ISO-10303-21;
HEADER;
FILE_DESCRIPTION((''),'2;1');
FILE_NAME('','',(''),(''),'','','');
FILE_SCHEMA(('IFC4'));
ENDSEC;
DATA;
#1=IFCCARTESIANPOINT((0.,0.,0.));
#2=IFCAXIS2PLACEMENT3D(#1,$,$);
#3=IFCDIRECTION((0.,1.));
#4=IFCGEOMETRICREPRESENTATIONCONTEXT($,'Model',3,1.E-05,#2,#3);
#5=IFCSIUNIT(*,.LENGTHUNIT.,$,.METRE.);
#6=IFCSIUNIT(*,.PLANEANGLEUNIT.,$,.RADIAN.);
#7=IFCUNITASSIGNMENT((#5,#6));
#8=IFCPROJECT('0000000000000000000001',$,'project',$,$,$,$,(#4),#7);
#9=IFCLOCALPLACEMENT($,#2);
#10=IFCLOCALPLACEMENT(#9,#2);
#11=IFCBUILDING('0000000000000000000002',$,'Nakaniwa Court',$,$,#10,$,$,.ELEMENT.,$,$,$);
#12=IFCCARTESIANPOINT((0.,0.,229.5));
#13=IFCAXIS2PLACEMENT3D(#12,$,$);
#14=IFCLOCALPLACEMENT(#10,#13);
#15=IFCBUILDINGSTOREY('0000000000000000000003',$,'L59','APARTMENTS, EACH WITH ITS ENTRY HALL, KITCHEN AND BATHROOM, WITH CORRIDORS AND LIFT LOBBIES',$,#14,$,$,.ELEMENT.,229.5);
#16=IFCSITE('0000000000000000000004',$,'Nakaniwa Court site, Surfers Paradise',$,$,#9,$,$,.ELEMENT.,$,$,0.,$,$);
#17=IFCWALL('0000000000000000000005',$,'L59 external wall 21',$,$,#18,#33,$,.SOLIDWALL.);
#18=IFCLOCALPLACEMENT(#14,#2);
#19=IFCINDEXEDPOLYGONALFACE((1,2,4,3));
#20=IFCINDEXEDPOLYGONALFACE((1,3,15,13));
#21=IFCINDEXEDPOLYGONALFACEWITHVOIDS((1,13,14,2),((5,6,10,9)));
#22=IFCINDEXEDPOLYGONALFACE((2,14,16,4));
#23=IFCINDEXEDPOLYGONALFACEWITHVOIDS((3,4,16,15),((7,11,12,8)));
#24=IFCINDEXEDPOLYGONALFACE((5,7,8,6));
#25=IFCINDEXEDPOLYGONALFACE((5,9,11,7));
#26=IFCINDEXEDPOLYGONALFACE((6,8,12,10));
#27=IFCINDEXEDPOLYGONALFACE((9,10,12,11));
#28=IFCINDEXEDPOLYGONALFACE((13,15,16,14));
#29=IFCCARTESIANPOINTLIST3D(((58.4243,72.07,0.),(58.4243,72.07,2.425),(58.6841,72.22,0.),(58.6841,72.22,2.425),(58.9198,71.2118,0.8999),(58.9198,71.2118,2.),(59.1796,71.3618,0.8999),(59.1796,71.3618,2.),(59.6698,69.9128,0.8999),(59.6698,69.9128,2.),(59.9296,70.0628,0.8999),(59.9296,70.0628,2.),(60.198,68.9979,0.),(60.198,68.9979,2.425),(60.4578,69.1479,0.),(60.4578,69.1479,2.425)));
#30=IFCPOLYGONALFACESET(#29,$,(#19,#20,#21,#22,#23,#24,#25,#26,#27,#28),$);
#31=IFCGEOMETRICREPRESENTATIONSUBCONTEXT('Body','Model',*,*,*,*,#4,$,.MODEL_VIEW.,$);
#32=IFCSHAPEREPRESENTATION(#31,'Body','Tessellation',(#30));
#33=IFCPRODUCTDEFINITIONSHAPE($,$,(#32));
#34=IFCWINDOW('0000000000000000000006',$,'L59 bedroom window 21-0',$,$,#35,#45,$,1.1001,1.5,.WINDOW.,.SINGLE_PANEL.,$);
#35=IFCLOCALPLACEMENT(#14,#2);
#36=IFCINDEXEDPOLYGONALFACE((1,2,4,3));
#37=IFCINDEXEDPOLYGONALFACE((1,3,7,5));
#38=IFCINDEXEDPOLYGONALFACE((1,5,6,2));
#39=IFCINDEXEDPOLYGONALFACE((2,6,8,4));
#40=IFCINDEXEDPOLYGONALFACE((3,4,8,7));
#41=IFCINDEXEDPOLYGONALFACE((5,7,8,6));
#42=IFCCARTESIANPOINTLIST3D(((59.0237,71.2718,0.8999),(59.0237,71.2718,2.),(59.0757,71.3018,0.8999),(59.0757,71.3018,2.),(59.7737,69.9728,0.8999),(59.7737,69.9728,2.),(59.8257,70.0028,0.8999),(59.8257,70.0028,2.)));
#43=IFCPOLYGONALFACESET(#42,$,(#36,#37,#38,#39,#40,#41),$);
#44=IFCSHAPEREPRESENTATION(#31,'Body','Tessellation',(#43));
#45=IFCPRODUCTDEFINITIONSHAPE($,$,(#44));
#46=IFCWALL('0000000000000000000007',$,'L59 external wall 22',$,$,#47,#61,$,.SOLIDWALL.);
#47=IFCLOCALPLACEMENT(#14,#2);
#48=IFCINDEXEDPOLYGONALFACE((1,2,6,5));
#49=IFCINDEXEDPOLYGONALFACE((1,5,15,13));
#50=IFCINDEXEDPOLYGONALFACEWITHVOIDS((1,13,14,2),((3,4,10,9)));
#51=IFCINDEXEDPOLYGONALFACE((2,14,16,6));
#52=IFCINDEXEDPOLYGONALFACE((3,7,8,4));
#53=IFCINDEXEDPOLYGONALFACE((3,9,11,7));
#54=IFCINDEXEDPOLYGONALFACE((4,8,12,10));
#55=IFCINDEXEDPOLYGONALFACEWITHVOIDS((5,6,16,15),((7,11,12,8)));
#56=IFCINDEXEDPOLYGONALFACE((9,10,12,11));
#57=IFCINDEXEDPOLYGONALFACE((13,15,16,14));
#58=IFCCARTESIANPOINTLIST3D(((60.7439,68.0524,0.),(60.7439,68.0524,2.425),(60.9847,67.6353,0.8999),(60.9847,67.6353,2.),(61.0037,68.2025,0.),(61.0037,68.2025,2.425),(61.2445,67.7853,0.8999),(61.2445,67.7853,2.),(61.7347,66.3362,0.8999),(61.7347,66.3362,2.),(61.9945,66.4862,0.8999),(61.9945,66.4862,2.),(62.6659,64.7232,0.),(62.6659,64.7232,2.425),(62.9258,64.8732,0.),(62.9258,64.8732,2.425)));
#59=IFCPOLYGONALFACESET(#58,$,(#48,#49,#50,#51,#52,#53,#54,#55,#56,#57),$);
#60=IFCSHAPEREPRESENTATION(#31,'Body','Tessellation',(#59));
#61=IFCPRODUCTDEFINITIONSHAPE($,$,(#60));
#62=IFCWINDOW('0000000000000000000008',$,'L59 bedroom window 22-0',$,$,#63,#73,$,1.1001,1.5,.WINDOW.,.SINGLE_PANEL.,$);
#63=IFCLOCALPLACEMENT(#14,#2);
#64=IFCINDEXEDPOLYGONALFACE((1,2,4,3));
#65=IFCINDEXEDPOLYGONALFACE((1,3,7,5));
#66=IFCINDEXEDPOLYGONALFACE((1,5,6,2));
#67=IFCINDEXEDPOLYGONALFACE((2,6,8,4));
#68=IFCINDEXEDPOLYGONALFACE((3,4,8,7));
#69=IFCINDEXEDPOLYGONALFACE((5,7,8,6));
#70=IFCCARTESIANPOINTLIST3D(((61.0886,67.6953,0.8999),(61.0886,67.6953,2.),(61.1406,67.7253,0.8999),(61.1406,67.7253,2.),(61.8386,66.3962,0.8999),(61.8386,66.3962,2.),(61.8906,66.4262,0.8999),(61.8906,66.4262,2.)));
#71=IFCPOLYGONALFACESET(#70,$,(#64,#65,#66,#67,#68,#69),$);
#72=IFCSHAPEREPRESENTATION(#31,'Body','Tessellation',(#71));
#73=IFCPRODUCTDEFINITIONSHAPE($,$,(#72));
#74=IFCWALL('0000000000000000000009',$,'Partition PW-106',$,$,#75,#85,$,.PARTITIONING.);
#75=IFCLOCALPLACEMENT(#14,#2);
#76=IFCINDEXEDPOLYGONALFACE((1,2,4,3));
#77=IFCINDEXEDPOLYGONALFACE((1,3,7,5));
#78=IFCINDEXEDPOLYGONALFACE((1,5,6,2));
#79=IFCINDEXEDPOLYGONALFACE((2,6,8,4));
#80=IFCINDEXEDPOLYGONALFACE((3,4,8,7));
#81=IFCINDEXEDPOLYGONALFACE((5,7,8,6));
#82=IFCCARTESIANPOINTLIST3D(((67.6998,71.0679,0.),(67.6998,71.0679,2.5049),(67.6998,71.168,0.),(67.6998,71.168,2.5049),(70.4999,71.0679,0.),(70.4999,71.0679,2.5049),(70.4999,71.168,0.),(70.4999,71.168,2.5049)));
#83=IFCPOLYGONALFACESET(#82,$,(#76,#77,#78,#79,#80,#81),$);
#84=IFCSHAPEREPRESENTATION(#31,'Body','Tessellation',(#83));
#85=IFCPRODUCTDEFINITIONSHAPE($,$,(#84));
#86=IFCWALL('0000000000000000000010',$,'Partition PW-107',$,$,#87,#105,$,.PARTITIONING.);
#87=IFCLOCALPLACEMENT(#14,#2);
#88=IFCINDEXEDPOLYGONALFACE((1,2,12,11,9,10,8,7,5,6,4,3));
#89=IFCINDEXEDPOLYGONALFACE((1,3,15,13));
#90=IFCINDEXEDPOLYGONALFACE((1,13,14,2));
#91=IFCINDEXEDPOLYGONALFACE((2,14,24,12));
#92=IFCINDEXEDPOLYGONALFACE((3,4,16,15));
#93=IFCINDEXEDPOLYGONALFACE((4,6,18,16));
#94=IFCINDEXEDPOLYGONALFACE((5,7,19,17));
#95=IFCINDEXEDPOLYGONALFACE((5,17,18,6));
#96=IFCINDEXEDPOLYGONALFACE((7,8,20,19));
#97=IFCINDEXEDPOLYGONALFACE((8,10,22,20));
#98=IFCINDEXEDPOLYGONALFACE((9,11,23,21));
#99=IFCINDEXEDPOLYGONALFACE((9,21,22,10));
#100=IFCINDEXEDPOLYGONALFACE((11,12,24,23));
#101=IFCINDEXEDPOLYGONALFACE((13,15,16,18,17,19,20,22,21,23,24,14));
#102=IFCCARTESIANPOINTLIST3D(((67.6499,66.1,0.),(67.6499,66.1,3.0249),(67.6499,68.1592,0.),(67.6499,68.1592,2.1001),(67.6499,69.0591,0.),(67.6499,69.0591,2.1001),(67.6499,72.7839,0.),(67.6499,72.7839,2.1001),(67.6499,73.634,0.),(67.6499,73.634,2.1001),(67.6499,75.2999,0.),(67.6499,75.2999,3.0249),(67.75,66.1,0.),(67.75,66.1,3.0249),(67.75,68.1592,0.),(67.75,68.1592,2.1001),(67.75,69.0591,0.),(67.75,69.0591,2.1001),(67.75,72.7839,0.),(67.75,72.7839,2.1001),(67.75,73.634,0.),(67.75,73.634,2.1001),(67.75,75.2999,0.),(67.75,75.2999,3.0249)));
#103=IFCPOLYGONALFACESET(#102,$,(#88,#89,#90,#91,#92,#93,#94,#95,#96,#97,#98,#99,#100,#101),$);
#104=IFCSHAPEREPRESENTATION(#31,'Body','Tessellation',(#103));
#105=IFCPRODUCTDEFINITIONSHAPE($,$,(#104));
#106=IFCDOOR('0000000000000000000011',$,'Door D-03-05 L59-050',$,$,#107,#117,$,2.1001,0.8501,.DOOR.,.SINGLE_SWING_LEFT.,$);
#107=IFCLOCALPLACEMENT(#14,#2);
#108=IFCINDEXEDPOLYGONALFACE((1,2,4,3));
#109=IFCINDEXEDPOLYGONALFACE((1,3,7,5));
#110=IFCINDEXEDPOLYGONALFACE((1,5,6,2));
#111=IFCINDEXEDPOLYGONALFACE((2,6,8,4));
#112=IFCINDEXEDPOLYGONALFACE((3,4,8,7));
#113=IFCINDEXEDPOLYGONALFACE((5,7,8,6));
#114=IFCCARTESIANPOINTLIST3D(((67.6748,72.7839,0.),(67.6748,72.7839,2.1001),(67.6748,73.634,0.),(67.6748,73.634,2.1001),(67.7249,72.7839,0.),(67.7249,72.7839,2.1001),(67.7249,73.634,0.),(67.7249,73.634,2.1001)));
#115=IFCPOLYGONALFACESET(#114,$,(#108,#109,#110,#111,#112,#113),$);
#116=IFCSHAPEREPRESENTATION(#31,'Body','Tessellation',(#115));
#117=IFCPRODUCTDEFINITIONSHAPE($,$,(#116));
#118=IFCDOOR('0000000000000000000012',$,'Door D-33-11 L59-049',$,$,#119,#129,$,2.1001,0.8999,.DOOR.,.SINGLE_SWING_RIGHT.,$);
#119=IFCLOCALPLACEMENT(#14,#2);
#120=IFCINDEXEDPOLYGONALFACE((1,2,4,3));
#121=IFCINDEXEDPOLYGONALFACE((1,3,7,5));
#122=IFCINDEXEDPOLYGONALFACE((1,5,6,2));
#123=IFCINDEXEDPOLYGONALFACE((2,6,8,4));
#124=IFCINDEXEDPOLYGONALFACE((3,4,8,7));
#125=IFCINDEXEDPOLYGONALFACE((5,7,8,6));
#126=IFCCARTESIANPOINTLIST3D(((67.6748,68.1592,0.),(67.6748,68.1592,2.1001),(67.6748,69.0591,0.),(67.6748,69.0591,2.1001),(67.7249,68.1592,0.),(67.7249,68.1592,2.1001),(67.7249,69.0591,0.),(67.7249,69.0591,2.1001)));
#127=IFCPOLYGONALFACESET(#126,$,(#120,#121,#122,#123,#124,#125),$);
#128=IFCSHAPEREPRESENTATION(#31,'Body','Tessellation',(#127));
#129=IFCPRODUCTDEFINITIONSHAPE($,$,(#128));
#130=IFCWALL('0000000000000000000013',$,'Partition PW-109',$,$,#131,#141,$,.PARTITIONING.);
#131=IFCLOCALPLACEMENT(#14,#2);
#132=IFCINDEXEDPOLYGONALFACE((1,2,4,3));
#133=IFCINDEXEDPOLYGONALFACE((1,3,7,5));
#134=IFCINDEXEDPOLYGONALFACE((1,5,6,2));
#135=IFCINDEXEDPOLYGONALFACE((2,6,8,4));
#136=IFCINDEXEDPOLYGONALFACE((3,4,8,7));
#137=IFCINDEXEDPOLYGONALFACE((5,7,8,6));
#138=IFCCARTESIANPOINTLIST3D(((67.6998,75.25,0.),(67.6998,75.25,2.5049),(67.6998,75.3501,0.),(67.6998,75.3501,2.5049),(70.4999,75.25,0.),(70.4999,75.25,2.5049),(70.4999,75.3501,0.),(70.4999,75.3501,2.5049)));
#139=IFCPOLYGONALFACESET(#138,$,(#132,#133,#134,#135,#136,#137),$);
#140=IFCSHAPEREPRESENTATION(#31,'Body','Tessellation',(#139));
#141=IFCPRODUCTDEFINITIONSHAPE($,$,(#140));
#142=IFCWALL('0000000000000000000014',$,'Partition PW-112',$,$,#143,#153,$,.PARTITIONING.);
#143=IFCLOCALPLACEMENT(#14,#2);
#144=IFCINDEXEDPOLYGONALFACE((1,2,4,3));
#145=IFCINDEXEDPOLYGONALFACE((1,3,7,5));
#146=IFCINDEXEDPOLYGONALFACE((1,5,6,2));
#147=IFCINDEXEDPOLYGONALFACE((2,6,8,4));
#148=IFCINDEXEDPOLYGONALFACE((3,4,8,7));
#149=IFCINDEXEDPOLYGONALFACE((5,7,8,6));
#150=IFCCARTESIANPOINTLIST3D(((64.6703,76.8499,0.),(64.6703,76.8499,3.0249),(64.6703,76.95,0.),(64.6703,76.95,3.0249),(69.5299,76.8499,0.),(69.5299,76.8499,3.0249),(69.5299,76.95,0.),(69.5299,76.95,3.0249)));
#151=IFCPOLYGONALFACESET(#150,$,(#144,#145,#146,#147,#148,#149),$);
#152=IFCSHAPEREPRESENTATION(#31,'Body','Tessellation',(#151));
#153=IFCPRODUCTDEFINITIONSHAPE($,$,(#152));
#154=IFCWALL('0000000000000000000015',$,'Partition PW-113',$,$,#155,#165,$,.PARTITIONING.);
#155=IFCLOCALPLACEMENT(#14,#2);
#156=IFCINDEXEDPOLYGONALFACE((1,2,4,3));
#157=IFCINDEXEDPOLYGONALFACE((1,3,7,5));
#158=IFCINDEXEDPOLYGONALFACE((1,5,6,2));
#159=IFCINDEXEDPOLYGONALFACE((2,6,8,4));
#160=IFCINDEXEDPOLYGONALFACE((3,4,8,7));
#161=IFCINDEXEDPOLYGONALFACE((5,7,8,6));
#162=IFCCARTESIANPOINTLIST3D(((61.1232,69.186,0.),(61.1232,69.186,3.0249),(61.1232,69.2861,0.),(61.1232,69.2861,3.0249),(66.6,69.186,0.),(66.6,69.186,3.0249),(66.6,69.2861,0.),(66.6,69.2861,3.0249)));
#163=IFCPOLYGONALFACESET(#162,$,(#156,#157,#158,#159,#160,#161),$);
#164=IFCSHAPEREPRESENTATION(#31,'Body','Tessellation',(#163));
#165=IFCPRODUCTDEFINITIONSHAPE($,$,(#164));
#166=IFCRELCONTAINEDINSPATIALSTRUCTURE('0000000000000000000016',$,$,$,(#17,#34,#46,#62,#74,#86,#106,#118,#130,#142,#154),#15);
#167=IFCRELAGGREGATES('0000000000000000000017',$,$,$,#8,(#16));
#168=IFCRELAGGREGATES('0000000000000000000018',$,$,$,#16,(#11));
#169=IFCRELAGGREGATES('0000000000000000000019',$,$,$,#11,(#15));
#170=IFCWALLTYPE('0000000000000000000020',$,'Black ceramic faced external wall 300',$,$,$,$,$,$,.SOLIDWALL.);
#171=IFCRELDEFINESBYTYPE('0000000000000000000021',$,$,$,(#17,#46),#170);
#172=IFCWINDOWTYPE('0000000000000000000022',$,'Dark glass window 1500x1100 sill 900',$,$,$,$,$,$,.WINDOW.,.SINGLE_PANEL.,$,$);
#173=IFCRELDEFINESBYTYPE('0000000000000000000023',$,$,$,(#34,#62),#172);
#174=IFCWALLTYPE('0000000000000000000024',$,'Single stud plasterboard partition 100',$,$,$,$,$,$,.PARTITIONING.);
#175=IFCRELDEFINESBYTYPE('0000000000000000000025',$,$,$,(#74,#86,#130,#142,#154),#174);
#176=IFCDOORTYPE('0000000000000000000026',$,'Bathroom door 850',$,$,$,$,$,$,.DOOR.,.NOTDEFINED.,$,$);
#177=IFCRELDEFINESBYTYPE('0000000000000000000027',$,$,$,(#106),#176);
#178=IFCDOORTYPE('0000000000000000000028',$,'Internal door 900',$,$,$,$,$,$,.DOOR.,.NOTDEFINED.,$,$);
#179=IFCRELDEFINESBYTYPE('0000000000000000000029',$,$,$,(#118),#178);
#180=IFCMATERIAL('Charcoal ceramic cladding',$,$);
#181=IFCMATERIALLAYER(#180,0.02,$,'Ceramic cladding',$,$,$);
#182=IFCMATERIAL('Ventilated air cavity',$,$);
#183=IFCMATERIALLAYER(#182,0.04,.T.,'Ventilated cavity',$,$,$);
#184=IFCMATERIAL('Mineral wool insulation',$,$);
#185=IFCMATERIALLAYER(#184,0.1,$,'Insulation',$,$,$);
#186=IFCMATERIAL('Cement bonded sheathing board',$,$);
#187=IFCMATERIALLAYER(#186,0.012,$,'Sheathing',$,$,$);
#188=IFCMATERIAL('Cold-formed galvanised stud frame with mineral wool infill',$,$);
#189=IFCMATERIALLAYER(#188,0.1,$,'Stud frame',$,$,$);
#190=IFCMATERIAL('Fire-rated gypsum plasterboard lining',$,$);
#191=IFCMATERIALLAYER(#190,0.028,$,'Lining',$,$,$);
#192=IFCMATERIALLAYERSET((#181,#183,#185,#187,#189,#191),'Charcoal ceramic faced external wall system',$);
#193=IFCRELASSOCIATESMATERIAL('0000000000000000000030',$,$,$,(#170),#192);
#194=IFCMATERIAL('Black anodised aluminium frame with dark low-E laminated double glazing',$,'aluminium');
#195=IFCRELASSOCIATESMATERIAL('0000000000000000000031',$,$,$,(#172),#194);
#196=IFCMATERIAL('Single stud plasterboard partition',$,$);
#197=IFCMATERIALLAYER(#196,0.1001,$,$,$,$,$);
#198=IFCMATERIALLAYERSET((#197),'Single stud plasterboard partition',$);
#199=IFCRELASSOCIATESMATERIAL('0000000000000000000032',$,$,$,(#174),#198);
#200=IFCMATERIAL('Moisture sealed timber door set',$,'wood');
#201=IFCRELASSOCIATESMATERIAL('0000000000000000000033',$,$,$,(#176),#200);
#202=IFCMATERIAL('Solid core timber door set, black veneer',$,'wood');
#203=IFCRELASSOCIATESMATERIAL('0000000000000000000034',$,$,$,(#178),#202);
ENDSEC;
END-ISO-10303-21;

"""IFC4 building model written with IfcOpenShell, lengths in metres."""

from ifc_helpers import new_model, si_unit, direction, frame, frame_2d, origin, place, context, subcontext, project, spatial, rectangle, extrude, material, layer, layer_set, type_object, element, fill, save


model = new_model("IFC4")

# Units and contexts
model_context = context("Model", 3, precision=1e-05, world=origin(), true_north=direction((0.0, 1.0)))
body_context = subcontext(model_context, "Body", "Model", "MODEL_VIEW")
ifc_project = project(units=[si_unit("LENGTHUNIT", "METRE"), si_unit("PLANEANGLEUNIT", "RADIAN")], contexts=[model_context])

# Site, building, storey
site_placement = place(None, origin())
site = spatial("IfcSite", under=ifc_project, at=site_placement, Name="Nakaniwa Court site, Surfers Paradise", CompositionType="ELEMENT", RefElevation=0.0)
building_placement = place(site_placement, origin())
building = spatial("IfcBuilding", under=site, at=building_placement, Name="Nakaniwa Court", CompositionType="ELEMENT")
storey_placement = place(building_placement, frame((0.0, 0.0, 229.5)))
storey = spatial("IfcBuildingStorey", under=building, at=storey_placement, Name="L59", Description="APARTMENTS, EACH WITH ITS ENTRY HALL, KITCHEN AND BATHROOM, WITH CORRIDORS AND LIFT LOBBIES", CompositionType="ELEMENT", Elevation=229.5)

# Shared definitions
ifc_material_1 = material(Name="Charcoal ceramic cladding")
ifc_layer_1 = layer(ifc_material_1, 0.02, Name="Ceramic cladding")
ifc_material_2 = material(Name="Ventilated air cavity")
ifc_layer_2 = layer(ifc_material_2, 0.04, ventilated=True, Name="Ventilated cavity")
ifc_material_3 = material(Name="Mineral wool insulation")
ifc_layer_3 = layer(ifc_material_3, 0.1, Name="Insulation")
ifc_material_4 = material(Name="Cement bonded sheathing board")
ifc_layer_4 = layer(ifc_material_4, 0.012, Name="Sheathing")
ifc_material_5 = material(Name="Cold-formed galvanised stud frame with mineral wool infill")
ifc_layer_5 = layer(ifc_material_5, 0.1, Name="Stud frame")
ifc_material_6 = material(Name="Fire-rated gypsum plasterboard lining")
ifc_layer_6 = layer(ifc_material_6, 0.028, Name="Lining")
ifc_layer_set_1 = layer_set([ifc_layer_1, ifc_layer_2, ifc_layer_3, ifc_layer_4, ifc_layer_5, ifc_layer_6], Name="Charcoal ceramic faced external wall system")
wall_type_1 = type_object("IfcWallType", Name="Black ceramic faced external wall 300", PredefinedType="SOLIDWALL", material=ifc_layer_set_1)

# Walls, openings, windows
wall_1_placement = place(storey_placement, frame((58.5542, 72.145, 0.0), z_axis=(0.0, 0.0, 1.0), x_axis=(0.50001, -0.866019, 0.0)))
wall_1 = element("IfcWall", 1, at=wall_1_placement, inside=storey, type_object=wall_type_1, Name="L59 external wall 21", PredefinedType="SOLIDWALL", context=body_context, shape_type="SweptSolid", body=[
    extrude(rectangle(XDim=3.5474, YDim=0.3, at=frame_2d((1.7737, 0.0))), origin(), (0.0, 0.0, 1.0), 2.425),
])
opening_1_placement = place(wall_1_placement, frame((0.991, 0.0, 0.8999)))
opening_1 = element("IfcOpeningElement", 2, at=opening_1_placement, cuts=wall_1, PredefinedType="OPENING", context=body_context, shape_type="SweptSolid", body=[
    extrude(rectangle(XDim=1.5, YDim=1.1001, at=frame_2d((0.75, 0.55))), frame((0.0, 0.1599, 0.0), z_axis=(0.0, -1.0, 0.0), x_axis=(1.0, 0.0, 0.0)), (0.0, 0.0, 1.0), 0.3201),
])
ifc_material_7 = material(Name="Black anodised aluminium frame with dark low-E laminated double glazing", Category="aluminium")
window_type = type_object("IfcWindowType", Name="Dark glass window 1500x1100 sill 900", PartitioningType="SINGLE_PANEL", PredefinedType="WINDOW", material=ifc_material_7)
window_1_placement = place(opening_1_placement, origin())
window_1 = element("IfcWindow", 3, at=window_1_placement, inside=storey, type_object=window_type, Name="L59 bedroom window 21-0", OverallHeight=1.1001, OverallWidth=1.5, PartitioningType="SINGLE_PANEL", PredefinedType="WINDOW", context=body_context, shape_type="SweptSolid", body=[
    extrude(rectangle(XDim=1.5, YDim=1.1001, at=frame_2d((0.75, 0.55))), frame((0.0, 0.03, 0.0), z_axis=(0.0, -1.0, 0.0), x_axis=(1.0, 0.0, 0.0)), (0.0, 0.0, 1.0), 0.0601),
])
fill(opening_1, window_1)
wall_2_placement = place(storey_placement, frame((60.8738, 68.1274, 0.0), z_axis=(0.0, 0.0, 1.0), x_axis=(0.499984, -0.866034, 0.0)))
wall_2 = element("IfcWall", 4, at=wall_2_placement, inside=storey, type_object=wall_type_1, Name="L59 external wall 22", PredefinedType="SOLIDWALL", context=body_context, shape_type="SweptSolid", body=[
    extrude(rectangle(XDim=3.8442, YDim=0.3, at=frame_2d((1.9221, 0.0))), origin(), (0.0, 0.0, 1.0), 2.425),
])
opening_2_placement = place(wall_2_placement, frame((0.4817, 0.0, 0.8999)))
opening_2 = element("IfcOpeningElement", 5, at=opening_2_placement, cuts=wall_2, PredefinedType="OPENING", context=body_context, shape_type="SweptSolid", body=[
    extrude(rectangle(XDim=1.5, YDim=1.1001, at=frame_2d((0.75, 0.55))), frame((0.0, 0.1599, 0.0), z_axis=(0.0, -1.0, 0.0), x_axis=(1.0, 0.0, 0.0)), (0.0, 0.0, 1.0), 0.3201),
])
window_2_placement = place(opening_2_placement, origin())
window_2 = element("IfcWindow", 6, at=window_2_placement, inside=storey, type_object=window_type, Name="L59 bedroom window 22-0", OverallHeight=1.1001, OverallWidth=1.5, PartitioningType="SINGLE_PANEL", PredefinedType="WINDOW", context=body_context, shape_type="SweptSolid", body=[
    extrude(rectangle(XDim=1.5, YDim=1.1001, at=frame_2d((0.75, 0.55))), frame((0.0, 0.03, 0.0), z_axis=(0.0, -1.0, 0.0), x_axis=(1.0, 0.0, 0.0)), (0.0, 0.0, 1.0), 0.0601),
])
fill(opening_2, window_2)

# Wall
ifc_material_8 = material(Name="Single stud plasterboard partition")
ifc_layer_7 = layer(ifc_material_8, 0.1001)
ifc_layer_set_2 = layer_set([ifc_layer_7], Name="Single stud plasterboard partition")
wall_type_2 = type_object("IfcWallType", Name="Single stud plasterboard partition 100", PredefinedType="PARTITIONING", material=ifc_layer_set_2)
wall_3_placement = place(storey_placement, frame((67.7, 71.1179, 0.0), z_axis=(0.0, 0.0, 1.0), x_axis=(1.0, 0.0, 0.0)))
element("IfcWall", 7, at=wall_3_placement, inside=storey, type_object=wall_type_2, Name="Partition PW-106", PredefinedType="PARTITIONING", context=body_context, shape_type="SweptSolid", body=[
    extrude(rectangle(XDim=2.8, YDim=0.1001, at=frame_2d((1.3999, 0.0))), origin(), (0.0, 0.0, 1.0), 2.5049),
])

# Wall, openings, doors
wall_4_placement = place(storey_placement, frame((67.7, 75.3, 0.0), z_axis=(0.0, 0.0, 1.0), x_axis=(0.0, -1.0, 0.0)))
wall_4 = element("IfcWall", 8, at=wall_4_placement, inside=storey, type_object=wall_type_2, Name="Partition PW-107", PredefinedType="PARTITIONING", context=body_context, shape_type="SweptSolid", body=[
    extrude(rectangle(XDim=9.2, YDim=0.1001, at=frame_2d((4.6001, 0.0))), origin(), (0.0, 0.0, 1.0), 3.0249),
])
opening_3_placement = place(wall_4_placement, frame((6.241, 0.0, 0.0)))
opening_3 = element("IfcOpeningElement", 9, at=opening_3_placement, cuts=wall_4, PredefinedType="OPENING", context=body_context, shape_type="SweptSolid", body=[
    extrude(rectangle(XDim=0.8999, YDim=2.1001, at=frame_2d((0.45, 1.05))), frame((0.0, 0.0601, 0.0), z_axis=(0.0, -1.0, 0.0), x_axis=(1.0, 0.0, 0.0)), (0.0, 0.0, 1.0), 0.1201),
])
opening_4_placement = place(wall_4_placement, frame((1.666, 0.0, 0.0)))
opening_4 = element("IfcOpeningElement", 10, at=opening_4_placement, cuts=wall_4, PredefinedType="OPENING", context=body_context, shape_type="SweptSolid", body=[
    extrude(rectangle(XDim=0.8501, YDim=2.1001, at=frame_2d((0.425, 1.05))), frame((0.0, 0.0601, 0.0), z_axis=(0.0, -1.0, 0.0), x_axis=(1.0, 0.0, 0.0)), (0.0, 0.0, 1.0), 0.1201),
])
ifc_material_9 = material(Name="Moisture sealed timber door set", Category="wood")
door_type_1 = type_object("IfcDoorType", Name="Bathroom door 850", OperationType="NOTDEFINED", PredefinedType="DOOR", material=ifc_material_9)
door_1_placement = place(opening_4_placement, origin())
door_1 = element("IfcDoor", 11, at=door_1_placement, inside=storey, type_object=door_type_1, Name="Door D-03-05 L59-050", OperationType="SINGLE_SWING_LEFT", OverallHeight=2.1001, OverallWidth=0.8501, PredefinedType="DOOR", context=body_context, shape_type="SweptSolid", body=[
    extrude(rectangle(XDim=0.8501, YDim=2.1001, at=frame_2d((0.425, 1.05))), frame((0.0, 0.0249, 0.0), z_axis=(0.0, -1.0, 0.0), x_axis=(1.0, 0.0, 0.0)), (0.0, 0.0, 1.0), 0.05),
])
fill(opening_4, door_1)
ifc_material_10 = material(Name="Solid core timber door set, black veneer", Category="wood")
door_type_2 = type_object("IfcDoorType", Name="Internal door 900", OperationType="NOTDEFINED", PredefinedType="DOOR", material=ifc_material_10)
door_2_placement = place(opening_3_placement, origin())
door_2 = element("IfcDoor", 12, at=door_2_placement, inside=storey, type_object=door_type_2, Name="Door D-33-11 L59-049", OperationType="SINGLE_SWING_RIGHT", OverallHeight=2.1001, OverallWidth=0.8999, PredefinedType="DOOR", context=body_context, shape_type="SweptSolid", body=[
    extrude(rectangle(XDim=0.8999, YDim=2.1001, at=frame_2d((0.45, 1.05))), frame((0.0, 0.0249, 0.0), z_axis=(0.0, -1.0, 0.0), x_axis=(1.0, 0.0, 0.0)), (0.0, 0.0, 1.0), 0.05),
])
fill(opening_3, door_2)

# Walls
wall_5_placement = place(storey_placement, frame((67.7, 75.3, 0.0), z_axis=(0.0, 0.0, 1.0), x_axis=(1.0, 0.0, 0.0)))
element("IfcWall", 13, at=wall_5_placement, inside=storey, type_object=wall_type_2, Name="Partition PW-109", PredefinedType="PARTITIONING", context=body_context, shape_type="SweptSolid", body=[
    extrude(rectangle(XDim=2.8, YDim=0.1001, at=frame_2d((1.3999, 0.0))), origin(), (0.0, 0.0, 1.0), 2.5049),
])
wall_6_placement = place(storey_placement, frame((64.6704, 76.8999, 0.0), z_axis=(0.0, 0.0, 1.0), x_axis=(1.0, 0.0, 0.0)))
element("IfcWall", 14, at=wall_6_placement, inside=storey, type_object=wall_type_2, Name="Partition PW-112", PredefinedType="PARTITIONING", context=body_context, shape_type="SweptSolid", body=[
    extrude(rectangle(XDim=4.8596, YDim=0.1001, at=frame_2d((2.4297, 0.0))), origin(), (0.0, 0.0, 1.0), 3.0249),
])
wall_7_placement = place(storey_placement, frame((61.1233, 69.2361, 0.0), z_axis=(0.0, 0.0, 1.0), x_axis=(1.0, 0.0, 0.0)))
element("IfcWall", 15, at=wall_7_placement, inside=storey, type_object=wall_type_2, Name="Partition PW-113", PredefinedType="PARTITIONING", context=body_context, shape_type="SweptSolid", body=[
    extrude(rectangle(XDim=5.4768, YDim=0.1001, at=frame_2d((2.7383, 0.0))), origin(), (0.0, 0.0, 1.0), 3.0249),
])

save(model, "model.ifc")
